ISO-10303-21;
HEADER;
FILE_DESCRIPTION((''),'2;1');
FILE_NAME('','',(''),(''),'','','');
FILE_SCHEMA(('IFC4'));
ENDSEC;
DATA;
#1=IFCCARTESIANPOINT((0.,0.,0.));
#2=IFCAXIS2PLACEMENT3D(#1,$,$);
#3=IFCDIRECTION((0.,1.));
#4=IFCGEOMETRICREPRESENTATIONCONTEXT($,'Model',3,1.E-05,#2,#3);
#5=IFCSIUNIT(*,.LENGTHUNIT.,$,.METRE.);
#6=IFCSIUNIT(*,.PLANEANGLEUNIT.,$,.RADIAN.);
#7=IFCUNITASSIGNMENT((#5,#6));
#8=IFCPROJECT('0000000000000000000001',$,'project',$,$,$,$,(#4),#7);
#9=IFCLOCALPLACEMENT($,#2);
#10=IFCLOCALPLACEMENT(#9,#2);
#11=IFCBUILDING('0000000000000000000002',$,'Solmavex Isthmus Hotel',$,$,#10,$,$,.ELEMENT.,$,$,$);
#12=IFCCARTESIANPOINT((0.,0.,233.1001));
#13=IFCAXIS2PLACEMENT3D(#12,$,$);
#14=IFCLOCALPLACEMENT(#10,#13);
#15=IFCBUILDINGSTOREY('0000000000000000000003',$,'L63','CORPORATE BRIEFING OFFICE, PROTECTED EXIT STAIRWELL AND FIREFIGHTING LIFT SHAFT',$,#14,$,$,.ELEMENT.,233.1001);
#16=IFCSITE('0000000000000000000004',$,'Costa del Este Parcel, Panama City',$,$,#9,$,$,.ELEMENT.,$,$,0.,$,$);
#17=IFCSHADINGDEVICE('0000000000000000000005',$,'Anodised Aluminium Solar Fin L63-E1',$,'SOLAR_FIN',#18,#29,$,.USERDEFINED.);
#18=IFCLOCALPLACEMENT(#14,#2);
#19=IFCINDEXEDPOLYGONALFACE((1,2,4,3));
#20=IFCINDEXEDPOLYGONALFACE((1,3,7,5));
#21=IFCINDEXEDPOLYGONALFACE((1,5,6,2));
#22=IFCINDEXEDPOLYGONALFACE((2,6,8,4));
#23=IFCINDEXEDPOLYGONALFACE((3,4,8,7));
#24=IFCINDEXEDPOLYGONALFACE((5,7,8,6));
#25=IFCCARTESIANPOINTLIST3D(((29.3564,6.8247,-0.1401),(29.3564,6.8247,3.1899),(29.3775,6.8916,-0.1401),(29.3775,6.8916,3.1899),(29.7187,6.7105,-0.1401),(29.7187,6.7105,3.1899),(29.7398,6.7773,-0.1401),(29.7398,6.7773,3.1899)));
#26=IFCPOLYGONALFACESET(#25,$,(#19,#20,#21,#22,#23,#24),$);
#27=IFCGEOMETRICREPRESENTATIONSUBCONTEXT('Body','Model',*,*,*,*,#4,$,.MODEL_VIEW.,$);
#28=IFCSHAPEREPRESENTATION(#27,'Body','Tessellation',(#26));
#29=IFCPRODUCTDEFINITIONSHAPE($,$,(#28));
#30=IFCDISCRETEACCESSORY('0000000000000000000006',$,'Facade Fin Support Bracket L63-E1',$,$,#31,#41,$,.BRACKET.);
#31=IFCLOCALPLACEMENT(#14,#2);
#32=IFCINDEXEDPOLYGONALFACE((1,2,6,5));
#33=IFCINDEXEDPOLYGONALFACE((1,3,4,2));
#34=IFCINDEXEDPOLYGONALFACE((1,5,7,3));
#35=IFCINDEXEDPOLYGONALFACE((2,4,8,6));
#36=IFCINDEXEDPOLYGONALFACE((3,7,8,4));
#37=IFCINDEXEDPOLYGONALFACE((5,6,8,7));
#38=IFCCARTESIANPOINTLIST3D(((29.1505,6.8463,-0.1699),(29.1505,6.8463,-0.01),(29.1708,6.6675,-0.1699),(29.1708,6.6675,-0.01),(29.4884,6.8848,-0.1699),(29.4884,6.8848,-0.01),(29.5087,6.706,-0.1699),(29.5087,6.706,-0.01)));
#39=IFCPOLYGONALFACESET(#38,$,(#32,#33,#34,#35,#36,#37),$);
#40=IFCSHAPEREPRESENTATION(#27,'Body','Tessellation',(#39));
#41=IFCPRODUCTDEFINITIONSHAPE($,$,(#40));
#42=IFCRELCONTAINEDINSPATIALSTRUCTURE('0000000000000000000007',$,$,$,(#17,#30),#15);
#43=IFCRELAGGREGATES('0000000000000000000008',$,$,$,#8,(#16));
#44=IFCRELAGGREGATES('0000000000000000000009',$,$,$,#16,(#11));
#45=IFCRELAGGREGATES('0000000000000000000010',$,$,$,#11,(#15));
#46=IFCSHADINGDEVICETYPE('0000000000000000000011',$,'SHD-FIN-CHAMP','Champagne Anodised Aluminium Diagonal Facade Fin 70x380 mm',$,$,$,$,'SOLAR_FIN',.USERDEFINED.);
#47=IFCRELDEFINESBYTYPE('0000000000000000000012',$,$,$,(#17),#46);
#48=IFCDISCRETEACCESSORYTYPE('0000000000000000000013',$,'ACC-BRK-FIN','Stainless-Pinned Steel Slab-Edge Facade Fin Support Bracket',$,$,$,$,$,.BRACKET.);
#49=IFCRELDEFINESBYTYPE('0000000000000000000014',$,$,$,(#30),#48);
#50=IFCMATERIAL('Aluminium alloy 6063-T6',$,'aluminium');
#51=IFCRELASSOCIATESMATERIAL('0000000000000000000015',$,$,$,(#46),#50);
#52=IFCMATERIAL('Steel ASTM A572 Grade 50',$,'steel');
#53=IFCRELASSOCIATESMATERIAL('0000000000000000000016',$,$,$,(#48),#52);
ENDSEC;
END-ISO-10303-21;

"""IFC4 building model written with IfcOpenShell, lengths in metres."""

from ifc_helpers import new_model, si_unit, direction, frame, origin, origin_2d, place, context, subcontext, project, spatial, rectangle, extrude, material, type_object, element, save


model = new_model("IFC4")

# Units and contexts
model_context = context("Model", 3, precision=1e-05, world=origin(), true_north=direction((0.0, 1.0)))
body_context = subcontext(model_context, "Body", "Model", "MODEL_VIEW")
ifc_project = project(units=[si_unit("LENGTHUNIT", "METRE"), si_unit("PLANEANGLEUNIT", "RADIAN")], contexts=[model_context])

# Site, building, storey
site_placement = place(None, origin())
site = spatial("IfcSite", under=ifc_project, at=site_placement, Name="Costa del Este Parcel, Panama City", CompositionType="ELEMENT", RefElevation=0.0)
building_placement = place(site_placement, origin())
building = spatial("IfcBuilding", under=site, at=building_placement, Name="Solmavex Isthmus Hotel", CompositionType="ELEMENT")
storey_placement = place(building_placement, frame((0.0, 0.0, 233.1001)))
storey = spatial("IfcBuildingStorey", under=building, at=storey_placement, Name="L63", Description="CORPORATE BRIEFING OFFICE, PROTECTED EXIT STAIRWELL AND FIREFIGHTING LIFT SHAFT", CompositionType="ELEMENT", Elevation=233.1001)

# Shared definitions
ifc_material_1 = material(Name="Aluminium alloy 6063-T6", Category="aluminium")

# Shading device
shading_device_type = type_object("IfcShadingDeviceType", Name="SHD-FIN-CHAMP", Description="Champagne Anodised Aluminium Diagonal Facade Fin 70x380 mm", ElementType="SOLAR_FIN", PredefinedType="USERDEFINED", material=ifc_material_1)
shading_device_placement = place(storey_placement, frame((29.5481, 6.801, -0.1401), z_axis=(0.0, 0.0, 1.0), x_axis=(0.953717, -0.300706, 0.0)))
element("IfcShadingDevice", 1, at=shading_device_placement, inside=storey, type_object=shading_device_type, Name="Anodised Aluminium Solar Fin L63-E1", ObjectType="SOLAR_FIN", PredefinedType="USERDEFINED", context=body_context, shape_type="SweptSolid", body=[
    extrude(rectangle(XDim=0.3799, YDim=0.0701, at=origin_2d()), origin(), (0.0, 0.0, 1.0), 3.3301),
])

# Discrete accessory
ifc_material_2 = material(Name="Steel ASTM A572 Grade 50", Category="steel")
discrete_accessory_type = type_object("IfcDiscreteAccessoryType", Name="ACC-BRK-FIN", Description="Stainless-Pinned Steel Slab-Edge Facade Fin Support Bracket", PredefinedType="BRACKET", material=ifc_material_2)
discrete_accessory_placement = place(storey_placement, frame((29.3296, 6.7761, -0.1699), z_axis=(0.0, 0.0, 1.0), x_axis=(0.993572, 0.113203, 0.0)))
element("IfcDiscreteAccessory", 2, at=discrete_accessory_placement, inside=storey, type_object=discrete_accessory_type, Name="Facade Fin Support Bracket L63-E1", PredefinedType="BRACKET", context=body_context, shape_type="SweptSolid", body=[
    extrude(rectangle(XDim=0.3401, YDim=0.1799, at=origin_2d()), origin(), (0.0, 0.0, 1.0), 0.1599),
])

save(model, "model.ifc")
